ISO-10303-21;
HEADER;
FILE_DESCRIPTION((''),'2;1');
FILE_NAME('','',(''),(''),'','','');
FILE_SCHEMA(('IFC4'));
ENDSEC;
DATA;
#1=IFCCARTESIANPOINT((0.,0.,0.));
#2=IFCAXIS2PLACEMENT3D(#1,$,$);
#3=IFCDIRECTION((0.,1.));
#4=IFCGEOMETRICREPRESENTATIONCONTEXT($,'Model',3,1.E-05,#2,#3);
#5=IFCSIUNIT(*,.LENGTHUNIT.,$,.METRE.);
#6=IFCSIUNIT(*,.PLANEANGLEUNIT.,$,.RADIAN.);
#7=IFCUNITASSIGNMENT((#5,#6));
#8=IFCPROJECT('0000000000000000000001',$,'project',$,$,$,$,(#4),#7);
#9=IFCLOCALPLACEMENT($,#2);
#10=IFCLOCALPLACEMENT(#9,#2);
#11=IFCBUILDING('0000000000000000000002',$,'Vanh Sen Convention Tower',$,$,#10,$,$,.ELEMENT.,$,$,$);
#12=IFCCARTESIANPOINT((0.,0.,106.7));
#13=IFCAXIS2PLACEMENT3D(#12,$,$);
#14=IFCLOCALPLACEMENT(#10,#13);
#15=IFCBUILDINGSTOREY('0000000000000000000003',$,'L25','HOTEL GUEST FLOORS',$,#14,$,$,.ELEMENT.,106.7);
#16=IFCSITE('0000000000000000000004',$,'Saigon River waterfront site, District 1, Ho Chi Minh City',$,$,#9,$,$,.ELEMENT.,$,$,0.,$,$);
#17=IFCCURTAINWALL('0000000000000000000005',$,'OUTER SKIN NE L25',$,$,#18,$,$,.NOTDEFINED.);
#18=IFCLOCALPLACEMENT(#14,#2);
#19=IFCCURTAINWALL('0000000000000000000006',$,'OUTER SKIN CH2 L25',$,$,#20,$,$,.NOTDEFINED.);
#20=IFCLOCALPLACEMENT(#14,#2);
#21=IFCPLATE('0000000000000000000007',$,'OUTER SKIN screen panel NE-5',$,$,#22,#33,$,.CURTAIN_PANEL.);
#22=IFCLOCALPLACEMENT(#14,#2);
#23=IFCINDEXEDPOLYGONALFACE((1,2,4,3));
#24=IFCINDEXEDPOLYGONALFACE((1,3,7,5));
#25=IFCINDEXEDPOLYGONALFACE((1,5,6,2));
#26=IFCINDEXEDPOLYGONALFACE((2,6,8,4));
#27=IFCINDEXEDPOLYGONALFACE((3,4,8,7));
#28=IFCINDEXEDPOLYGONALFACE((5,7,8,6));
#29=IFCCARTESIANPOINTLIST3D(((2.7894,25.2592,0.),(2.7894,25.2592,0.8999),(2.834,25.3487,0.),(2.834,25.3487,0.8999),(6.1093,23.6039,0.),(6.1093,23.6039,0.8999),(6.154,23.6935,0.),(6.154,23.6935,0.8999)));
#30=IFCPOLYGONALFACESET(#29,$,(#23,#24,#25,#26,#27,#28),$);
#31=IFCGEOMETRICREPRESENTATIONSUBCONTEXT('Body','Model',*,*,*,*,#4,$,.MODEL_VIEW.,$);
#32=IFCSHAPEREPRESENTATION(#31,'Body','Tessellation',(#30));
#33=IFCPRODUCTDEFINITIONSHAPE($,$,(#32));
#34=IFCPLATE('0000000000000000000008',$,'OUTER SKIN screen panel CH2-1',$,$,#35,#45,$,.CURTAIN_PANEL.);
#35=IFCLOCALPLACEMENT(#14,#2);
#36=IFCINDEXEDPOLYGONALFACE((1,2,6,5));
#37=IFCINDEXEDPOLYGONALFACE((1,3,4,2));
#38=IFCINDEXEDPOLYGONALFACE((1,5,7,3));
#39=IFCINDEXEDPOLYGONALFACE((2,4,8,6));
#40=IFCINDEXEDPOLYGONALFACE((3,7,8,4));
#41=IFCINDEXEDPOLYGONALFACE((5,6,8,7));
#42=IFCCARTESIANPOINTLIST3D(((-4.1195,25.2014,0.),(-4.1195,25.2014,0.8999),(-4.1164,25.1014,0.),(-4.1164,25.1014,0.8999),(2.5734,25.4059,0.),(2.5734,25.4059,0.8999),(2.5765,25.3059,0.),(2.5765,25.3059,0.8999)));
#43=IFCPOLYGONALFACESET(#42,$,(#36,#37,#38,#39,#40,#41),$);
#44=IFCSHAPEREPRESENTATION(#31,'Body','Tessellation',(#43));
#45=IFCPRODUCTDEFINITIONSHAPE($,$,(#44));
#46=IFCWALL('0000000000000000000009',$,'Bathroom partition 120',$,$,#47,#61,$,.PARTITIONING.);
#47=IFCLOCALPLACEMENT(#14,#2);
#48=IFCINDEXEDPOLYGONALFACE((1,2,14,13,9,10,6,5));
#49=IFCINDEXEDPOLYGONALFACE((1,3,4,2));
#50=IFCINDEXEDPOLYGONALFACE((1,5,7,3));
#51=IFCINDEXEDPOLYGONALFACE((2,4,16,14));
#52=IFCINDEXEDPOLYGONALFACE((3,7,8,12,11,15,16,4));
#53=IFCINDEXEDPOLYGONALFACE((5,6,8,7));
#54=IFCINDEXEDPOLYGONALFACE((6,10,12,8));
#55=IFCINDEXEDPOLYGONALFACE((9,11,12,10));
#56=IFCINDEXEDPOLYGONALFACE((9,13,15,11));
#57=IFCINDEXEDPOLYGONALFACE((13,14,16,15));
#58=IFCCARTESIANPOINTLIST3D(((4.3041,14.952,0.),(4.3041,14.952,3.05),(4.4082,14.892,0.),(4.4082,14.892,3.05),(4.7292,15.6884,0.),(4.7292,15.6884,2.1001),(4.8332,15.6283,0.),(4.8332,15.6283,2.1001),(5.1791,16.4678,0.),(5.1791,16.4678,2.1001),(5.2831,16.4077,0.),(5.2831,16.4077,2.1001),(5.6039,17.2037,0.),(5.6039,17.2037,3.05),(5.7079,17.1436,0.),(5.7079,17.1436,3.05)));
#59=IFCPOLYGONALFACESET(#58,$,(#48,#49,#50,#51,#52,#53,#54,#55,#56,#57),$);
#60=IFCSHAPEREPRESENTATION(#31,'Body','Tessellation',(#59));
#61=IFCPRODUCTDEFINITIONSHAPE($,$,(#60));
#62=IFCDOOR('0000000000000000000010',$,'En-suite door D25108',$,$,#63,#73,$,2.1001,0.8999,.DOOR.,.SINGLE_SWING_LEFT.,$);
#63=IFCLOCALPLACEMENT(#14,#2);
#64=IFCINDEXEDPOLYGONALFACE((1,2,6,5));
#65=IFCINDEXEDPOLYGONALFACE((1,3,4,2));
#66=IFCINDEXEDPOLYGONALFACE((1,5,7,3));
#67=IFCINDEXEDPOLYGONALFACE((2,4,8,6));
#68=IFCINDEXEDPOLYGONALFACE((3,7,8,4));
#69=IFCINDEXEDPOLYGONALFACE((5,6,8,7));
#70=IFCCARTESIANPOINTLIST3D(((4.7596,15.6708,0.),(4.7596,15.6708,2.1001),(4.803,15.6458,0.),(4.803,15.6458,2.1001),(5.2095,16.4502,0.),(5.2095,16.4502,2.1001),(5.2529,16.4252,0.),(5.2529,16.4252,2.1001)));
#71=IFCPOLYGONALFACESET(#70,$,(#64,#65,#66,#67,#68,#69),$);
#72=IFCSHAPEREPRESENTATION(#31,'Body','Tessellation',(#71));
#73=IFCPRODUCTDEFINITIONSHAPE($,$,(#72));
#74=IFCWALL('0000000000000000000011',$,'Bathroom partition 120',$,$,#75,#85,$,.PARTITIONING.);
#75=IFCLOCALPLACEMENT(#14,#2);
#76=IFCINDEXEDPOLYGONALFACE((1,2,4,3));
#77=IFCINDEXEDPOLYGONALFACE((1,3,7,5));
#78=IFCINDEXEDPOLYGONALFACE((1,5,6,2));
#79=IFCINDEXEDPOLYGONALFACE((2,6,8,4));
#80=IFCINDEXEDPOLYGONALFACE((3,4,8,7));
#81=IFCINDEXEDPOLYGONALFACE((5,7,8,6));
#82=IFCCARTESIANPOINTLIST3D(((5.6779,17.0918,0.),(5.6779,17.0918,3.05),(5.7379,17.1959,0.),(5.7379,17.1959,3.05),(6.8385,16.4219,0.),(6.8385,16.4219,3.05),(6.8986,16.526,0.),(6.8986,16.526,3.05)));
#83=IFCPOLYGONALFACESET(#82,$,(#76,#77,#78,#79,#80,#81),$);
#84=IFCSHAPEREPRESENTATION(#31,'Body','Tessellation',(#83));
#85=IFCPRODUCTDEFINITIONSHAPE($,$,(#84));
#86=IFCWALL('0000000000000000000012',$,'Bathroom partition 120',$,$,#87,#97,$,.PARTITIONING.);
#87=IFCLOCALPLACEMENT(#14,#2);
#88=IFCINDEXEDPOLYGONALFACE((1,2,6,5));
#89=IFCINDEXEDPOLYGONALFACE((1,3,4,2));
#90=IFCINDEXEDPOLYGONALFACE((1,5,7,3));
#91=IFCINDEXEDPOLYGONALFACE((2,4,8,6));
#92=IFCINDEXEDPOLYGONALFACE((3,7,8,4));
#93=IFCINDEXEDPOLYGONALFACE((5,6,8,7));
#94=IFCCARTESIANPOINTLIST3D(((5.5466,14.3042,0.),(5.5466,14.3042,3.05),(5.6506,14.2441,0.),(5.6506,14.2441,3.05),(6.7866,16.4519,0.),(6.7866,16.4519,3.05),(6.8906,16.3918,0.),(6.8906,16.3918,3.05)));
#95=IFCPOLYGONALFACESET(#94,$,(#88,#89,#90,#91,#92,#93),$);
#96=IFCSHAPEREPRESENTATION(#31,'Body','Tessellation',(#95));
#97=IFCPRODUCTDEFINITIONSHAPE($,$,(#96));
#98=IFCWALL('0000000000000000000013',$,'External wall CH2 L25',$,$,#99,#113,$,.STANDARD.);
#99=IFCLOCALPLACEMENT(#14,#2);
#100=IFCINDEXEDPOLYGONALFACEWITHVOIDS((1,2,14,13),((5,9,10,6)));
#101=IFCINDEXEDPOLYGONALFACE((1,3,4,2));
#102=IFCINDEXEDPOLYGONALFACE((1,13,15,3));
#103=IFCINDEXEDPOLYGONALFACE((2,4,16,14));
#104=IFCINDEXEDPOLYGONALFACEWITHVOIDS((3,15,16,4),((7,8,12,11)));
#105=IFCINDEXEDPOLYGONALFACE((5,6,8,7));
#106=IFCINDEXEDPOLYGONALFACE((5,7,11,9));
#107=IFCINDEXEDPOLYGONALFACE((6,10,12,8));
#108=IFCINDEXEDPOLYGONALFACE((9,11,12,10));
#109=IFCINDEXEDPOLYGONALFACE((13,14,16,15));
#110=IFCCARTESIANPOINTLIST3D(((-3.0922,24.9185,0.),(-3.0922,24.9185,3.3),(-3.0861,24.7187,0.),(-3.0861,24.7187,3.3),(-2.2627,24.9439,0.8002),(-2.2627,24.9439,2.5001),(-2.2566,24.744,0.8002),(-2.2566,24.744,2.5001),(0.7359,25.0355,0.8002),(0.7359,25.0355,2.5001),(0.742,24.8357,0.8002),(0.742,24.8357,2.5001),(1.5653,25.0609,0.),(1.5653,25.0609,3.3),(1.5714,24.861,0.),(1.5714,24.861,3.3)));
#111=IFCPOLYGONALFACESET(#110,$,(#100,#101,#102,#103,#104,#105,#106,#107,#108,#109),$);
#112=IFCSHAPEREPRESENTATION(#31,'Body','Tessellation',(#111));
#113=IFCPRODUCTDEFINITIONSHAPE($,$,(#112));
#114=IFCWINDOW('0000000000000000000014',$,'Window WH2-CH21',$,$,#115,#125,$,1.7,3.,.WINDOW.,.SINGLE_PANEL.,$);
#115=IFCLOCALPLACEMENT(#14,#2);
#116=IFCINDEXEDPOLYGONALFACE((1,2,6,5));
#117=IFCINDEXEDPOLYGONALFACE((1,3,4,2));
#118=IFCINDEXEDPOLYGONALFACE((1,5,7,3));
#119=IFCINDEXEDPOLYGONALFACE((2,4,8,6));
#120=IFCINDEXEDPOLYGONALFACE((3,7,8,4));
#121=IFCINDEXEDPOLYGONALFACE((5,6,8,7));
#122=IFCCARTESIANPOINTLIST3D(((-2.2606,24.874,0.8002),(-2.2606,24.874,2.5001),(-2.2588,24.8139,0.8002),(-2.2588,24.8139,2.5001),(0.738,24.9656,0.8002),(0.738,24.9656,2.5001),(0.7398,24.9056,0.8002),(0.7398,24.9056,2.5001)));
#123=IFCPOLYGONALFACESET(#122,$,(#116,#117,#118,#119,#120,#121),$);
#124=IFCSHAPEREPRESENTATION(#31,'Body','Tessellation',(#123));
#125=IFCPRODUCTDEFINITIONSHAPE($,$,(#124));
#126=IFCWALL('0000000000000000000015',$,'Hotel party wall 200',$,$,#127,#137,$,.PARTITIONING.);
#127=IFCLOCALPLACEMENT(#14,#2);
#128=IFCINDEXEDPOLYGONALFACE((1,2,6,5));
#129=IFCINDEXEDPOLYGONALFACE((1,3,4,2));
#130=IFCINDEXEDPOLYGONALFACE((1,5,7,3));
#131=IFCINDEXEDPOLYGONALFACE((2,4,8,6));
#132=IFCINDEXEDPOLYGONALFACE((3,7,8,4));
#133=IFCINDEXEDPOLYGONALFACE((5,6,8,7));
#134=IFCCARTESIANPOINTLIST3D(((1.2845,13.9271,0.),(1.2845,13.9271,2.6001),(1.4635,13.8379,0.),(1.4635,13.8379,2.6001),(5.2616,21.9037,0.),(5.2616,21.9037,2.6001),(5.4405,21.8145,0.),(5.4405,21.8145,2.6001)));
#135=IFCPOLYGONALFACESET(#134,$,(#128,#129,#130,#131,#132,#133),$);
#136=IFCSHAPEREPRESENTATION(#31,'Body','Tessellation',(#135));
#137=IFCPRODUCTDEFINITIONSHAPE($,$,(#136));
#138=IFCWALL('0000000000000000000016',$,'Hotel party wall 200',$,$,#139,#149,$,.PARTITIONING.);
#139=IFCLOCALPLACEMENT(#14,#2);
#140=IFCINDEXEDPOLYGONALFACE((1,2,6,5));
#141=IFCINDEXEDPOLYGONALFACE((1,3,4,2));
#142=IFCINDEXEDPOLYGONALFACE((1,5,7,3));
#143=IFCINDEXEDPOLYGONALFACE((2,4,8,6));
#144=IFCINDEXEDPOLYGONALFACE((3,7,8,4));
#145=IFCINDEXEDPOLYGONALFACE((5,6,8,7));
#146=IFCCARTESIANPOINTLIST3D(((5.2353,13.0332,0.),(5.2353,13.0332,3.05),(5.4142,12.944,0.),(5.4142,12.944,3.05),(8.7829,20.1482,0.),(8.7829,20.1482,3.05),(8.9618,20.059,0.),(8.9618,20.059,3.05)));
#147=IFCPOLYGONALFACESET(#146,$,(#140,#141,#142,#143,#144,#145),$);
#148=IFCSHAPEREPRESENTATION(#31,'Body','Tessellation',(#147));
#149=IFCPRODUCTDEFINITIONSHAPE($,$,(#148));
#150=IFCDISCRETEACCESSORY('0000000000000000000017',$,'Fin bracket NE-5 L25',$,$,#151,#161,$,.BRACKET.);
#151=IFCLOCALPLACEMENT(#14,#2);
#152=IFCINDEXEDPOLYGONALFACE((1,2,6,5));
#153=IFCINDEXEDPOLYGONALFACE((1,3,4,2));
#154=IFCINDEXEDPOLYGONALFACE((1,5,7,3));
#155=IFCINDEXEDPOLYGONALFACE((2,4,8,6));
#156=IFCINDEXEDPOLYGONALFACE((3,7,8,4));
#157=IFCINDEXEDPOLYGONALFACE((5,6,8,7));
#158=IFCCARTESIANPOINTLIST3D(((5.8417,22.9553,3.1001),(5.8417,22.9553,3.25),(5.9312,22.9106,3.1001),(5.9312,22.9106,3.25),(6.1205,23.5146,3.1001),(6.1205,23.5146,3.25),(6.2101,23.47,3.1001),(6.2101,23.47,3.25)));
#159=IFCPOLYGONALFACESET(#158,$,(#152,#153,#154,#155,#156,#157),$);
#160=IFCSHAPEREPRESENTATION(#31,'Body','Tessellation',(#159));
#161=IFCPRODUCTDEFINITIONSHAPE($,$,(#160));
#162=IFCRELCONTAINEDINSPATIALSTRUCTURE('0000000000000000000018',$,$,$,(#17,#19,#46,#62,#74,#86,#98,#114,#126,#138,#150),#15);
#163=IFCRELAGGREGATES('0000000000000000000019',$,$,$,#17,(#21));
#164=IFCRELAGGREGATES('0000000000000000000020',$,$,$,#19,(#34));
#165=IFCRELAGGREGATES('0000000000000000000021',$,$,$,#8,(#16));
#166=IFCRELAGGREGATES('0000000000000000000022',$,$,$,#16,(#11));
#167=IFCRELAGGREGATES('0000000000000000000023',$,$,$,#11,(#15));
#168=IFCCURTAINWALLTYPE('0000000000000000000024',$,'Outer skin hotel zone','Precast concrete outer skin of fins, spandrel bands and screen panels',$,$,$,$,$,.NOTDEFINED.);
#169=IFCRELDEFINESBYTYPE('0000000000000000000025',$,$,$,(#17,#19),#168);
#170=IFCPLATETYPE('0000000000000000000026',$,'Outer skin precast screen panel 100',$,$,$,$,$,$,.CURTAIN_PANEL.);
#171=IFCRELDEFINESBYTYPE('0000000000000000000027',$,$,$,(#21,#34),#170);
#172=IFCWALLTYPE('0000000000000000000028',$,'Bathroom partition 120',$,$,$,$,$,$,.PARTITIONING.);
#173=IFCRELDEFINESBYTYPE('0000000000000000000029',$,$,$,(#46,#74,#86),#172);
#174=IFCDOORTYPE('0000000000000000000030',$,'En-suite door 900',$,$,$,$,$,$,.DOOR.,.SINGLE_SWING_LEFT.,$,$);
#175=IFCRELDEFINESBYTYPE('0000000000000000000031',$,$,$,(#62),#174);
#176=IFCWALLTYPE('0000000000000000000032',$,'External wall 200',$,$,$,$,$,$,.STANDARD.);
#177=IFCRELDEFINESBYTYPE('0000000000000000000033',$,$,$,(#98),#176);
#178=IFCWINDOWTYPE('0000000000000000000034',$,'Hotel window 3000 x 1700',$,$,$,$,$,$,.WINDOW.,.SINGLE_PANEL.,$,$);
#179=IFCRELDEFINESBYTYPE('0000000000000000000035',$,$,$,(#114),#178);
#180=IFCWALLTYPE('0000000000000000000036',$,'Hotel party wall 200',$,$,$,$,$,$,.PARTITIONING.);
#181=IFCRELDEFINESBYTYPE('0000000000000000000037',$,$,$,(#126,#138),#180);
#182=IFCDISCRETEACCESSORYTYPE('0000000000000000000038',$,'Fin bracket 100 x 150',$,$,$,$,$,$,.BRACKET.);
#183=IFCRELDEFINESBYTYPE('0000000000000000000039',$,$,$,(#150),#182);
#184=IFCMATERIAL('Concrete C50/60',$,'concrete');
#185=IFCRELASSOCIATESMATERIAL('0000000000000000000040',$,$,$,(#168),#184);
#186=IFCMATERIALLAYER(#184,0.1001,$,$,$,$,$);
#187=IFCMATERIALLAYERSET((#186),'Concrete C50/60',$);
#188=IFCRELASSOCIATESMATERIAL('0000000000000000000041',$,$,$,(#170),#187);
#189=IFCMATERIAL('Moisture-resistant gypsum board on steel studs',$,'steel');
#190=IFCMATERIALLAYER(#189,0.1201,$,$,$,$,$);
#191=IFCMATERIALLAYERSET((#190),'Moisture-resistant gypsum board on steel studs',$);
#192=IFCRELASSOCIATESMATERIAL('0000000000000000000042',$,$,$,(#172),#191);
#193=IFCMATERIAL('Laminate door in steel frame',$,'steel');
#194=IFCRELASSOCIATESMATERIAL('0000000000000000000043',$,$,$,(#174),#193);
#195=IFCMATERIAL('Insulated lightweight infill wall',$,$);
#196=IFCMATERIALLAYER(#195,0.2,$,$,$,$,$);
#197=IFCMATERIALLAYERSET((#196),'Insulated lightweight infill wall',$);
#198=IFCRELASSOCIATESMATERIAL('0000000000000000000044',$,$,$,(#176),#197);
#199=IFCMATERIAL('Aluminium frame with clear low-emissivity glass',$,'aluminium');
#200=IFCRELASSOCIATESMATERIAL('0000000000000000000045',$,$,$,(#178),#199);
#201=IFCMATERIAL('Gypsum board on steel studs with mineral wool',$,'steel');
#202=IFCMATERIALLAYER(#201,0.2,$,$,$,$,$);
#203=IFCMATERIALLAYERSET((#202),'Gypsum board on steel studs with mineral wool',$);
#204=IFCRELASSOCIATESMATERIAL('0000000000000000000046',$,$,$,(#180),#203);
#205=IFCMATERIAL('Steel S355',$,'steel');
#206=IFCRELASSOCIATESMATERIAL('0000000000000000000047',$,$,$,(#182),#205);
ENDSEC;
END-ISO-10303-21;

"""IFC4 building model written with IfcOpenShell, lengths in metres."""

from ifc_helpers import new_model, si_unit, direction, frame, frame_2d, origin, origin_2d, place, context, subcontext, project, spatial, rectangle, extrude, material, layer, layer_set, type_object, element, fill, aggregate, save


model = new_model("IFC4")

# Units and contexts
model_context = context("Model", 3, precision=1e-05, world=origin(), true_north=direction((0.0, 1.0)))
body_context = subcontext(model_context, "Body", "Model", "MODEL_VIEW")
ifc_project = project(units=[si_unit("LENGTHUNIT", "METRE"), si_unit("PLANEANGLEUNIT", "RADIAN")], contexts=[model_context])

# Site, building, storey
site_placement = place(None, origin())
site = spatial("IfcSite", under=ifc_project, at=site_placement, Name="Saigon River waterfront site, District 1, Ho Chi Minh City", CompositionType="ELEMENT", RefElevation=0.0)
building_placement = place(site_placement, origin())
building = spatial("IfcBuilding", under=site, at=building_placement, Name="Vanh Sen Convention Tower", CompositionType="ELEMENT")
storey_placement = place(building_placement, frame((0.0, 0.0, 106.7)))
storey = spatial("IfcBuildingStorey", under=building, at=storey_placement, Name="L25", Description="HOTEL GUEST FLOORS", CompositionType="ELEMENT", Elevation=106.7)

# Curtain wall
ifc_material_1 = material(Name="Concrete C50/60", Category="concrete")
curtain_wall_type = type_object("IfcCurtainWallType", Name="Outer skin hotel zone", Description="Precast concrete outer skin of fins, spandrel bands and screen panels", PredefinedType="NOTDEFINED", material=ifc_material_1)
curtain_wall_1_placement = place(storey_placement, origin())
curtain_wall_1 = element("IfcCurtainWall", 1, at=curtain_wall_1_placement, inside=storey, type_object=curtain_wall_type, Name="OUTER SKIN NE L25", PredefinedType="NOTDEFINED")

# Curtain wall
curtain_wall_2_placement = place(storey_placement, origin())
curtain_wall_2 = element("IfcCurtainWall", 2, at=curtain_wall_2_placement, inside=storey, type_object=curtain_wall_type, Name="OUTER SKIN CH2 L25", PredefinedType="NOTDEFINED")

# Plates
ifc_layer_1 = layer(ifc_material_1, 0.1001)
ifc_layer_set_1 = layer_set([ifc_layer_1], Name="Concrete C50/60")
plate_type = type_object("IfcPlateType", Name="Outer skin precast screen panel 100", PredefinedType="CURTAIN_PANEL", material=ifc_layer_set_1)
plate_1_placement = place(storey_placement, frame((4.4717, 24.4763, 0.0), z_axis=(0.0, 0.0, 1.0), x_axis=(-0.894935, 0.446196, 0.0)))
plate_1 = element("IfcPlate", 3, at=plate_1_placement, type_object=plate_type, Name="OUTER SKIN screen panel NE-5", PredefinedType="CURTAIN_PANEL", context=body_context, shape_type="SweptSolid", body=[
    extrude(rectangle(XDim=3.7097, YDim=0.1001, at=origin_2d()), origin(), (0.0, 0.0, 1.0), 0.8999),
])
aggregate(curtain_wall_1, [plate_1])
plate_2_placement = place(storey_placement, frame((-0.7715, 25.2537, 0.0), z_axis=(0.0, 0.0, 1.0), x_axis=(-0.999534, -0.030537, 0.0)))
plate_2 = element("IfcPlate", 4, at=plate_2_placement, type_object=plate_type, Name="OUTER SKIN screen panel CH2-1", PredefinedType="CURTAIN_PANEL", context=body_context, shape_type="SweptSolid", body=[
    extrude(rectangle(XDim=6.696, YDim=0.1001, at=origin_2d()), origin(), (0.0, 0.0, 1.0), 0.8999),
])
aggregate(curtain_wall_2, [plate_2])

# Wall, opening, door
ifc_material_2 = material(Name="Moisture-resistant gypsum board on steel studs", Category="steel")
ifc_layer_2 = layer(ifc_material_2, 0.1201)
ifc_layer_set_2 = layer_set([ifc_layer_2], Name="Moisture-resistant gypsum board on steel studs")
wall_type_1 = type_object("IfcWallType", Name="Bathroom partition 120", PredefinedType="PARTITIONING", material=ifc_layer_set_2)
wall_1_placement = place(storey_placement, frame((4.3562, 14.9221, 0.0), z_axis=(0.0, 0.0, 1.0), x_axis=(0.499937, 0.866062, 0.0)))
wall_1 = element("IfcWall", 5, at=wall_1_placement, inside=storey, type_object=wall_type_1, Name="Bathroom partition 120", PredefinedType="PARTITIONING", context=body_context, shape_type="SweptSolid", body=[
    extrude(rectangle(XDim=2.5999, YDim=0.1201, at=frame_2d((1.2998, 0.0))), origin(), (0.0, 0.0, 1.0), 3.05),
])
opening_1_placement = place(wall_1_placement, frame((0.8501, 0.0, 0.0)))
opening_1 = element("IfcOpeningElement", 6, at=opening_1_placement, cuts=wall_1, PredefinedType="OPENING", context=body_context, shape_type="SweptSolid", body=[
    extrude(rectangle(XDim=0.8999, YDim=2.1001, at=frame_2d((0.45, 1.05))), frame((0.0, 0.0701, 0.0), z_axis=(0.0, -1.0, 0.0), x_axis=(1.0, 0.0, 0.0)), (0.0, 0.0, 1.0), 0.1401),
])
ifc_material_3 = material(Name="Laminate door in steel frame", Category="steel")
door_type = type_object("IfcDoorType", Name="En-suite door 900", OperationType="SINGLE_SWING_LEFT", PredefinedType="DOOR", material=ifc_material_3)
door_placement = place(opening_1_placement, origin())
door = element("IfcDoor", 7, at=door_placement, inside=storey, type_object=door_type, Name="En-suite door D25108", OperationType="SINGLE_SWING_LEFT", OverallHeight=2.1001, OverallWidth=0.8999, PredefinedType="DOOR", context=body_context, shape_type="SweptSolid", body=[
    extrude(rectangle(XDim=0.8999, YDim=2.1001, at=frame_2d((0.45, 1.05))), frame((0.0, 0.0249, 0.0), z_axis=(0.0, -1.0, 0.0), x_axis=(1.0, 0.0, 0.0)), (0.0, 0.0, 1.0), 0.05),
])
fill(opening_1, door)

# Walls
wall_2_placement = place(storey_placement, frame((5.708, 17.1438, 0.0), z_axis=(0.0, 0.0, 1.0), x_axis=(0.866082, -0.499901, 0.0)))
element("IfcWall", 8, at=wall_2_placement, inside=storey, type_object=wall_type_1, Name="Bathroom partition 120", PredefinedType="PARTITIONING", context=body_context, shape_type="SweptSolid", body=[
    extrude(rectangle(XDim=1.3401, YDim=0.1201, at=frame_2d((0.6699, 0.0))), origin(), (0.0, 0.0, 1.0), 3.05),
])
wall_3_placement = place(storey_placement, frame((6.8386, 16.4219, 0.0), z_axis=(0.0, 0.0, 1.0), x_axis=(-0.500004, -0.866023, 0.0)))
element("IfcWall", 9, at=wall_3_placement, inside=storey, type_object=wall_type_1, Name="Bathroom partition 120", PredefinedType="PARTITIONING", context=body_context, shape_type="SweptSolid", body=[
    extrude(rectangle(XDim=2.48, YDim=0.1201, at=frame_2d((1.24, 0.0))), origin(), (0.0, 0.0, 1.0), 3.05),
])

# Wall, opening, window
ifc_material_4 = material(Name="Insulated lightweight infill wall")
ifc_layer_3 = layer(ifc_material_4, 0.2)
ifc_layer_set_3 = layer_set([ifc_layer_3], Name="Insulated lightweight infill wall")
wall_type_2 = type_object("IfcWallType", Name="External wall 200", PredefinedType="STANDARD", material=ifc_layer_set_3)
wall_4_placement = place(storey_placement, frame((1.5684, 24.9609, 0.0), z_axis=(0.0, 0.0, 1.0), x_axis=(-0.999533, -0.030546, 0.0)))
wall_4 = element("IfcWall", 10, at=wall_4_placement, inside=storey, type_object=wall_type_2, Name="External wall CH2 L25", PredefinedType="STANDARD", context=body_context, shape_type="SweptSolid", body=[
    extrude(rectangle(XDim=4.6597, YDim=0.2, at=frame_2d((2.3298, 0.0))), origin(), (0.0, 0.0, 1.0), 3.3),
])
opening_2_placement = place(wall_4_placement, frame((0.8298, 0.0, 0.8)))
opening_2 = element("IfcOpeningElement", 11, at=opening_2_placement, cuts=wall_4, PredefinedType="OPENING", context=body_context, shape_type="SweptSolid", body=[
    extrude(rectangle(XDim=3.0, YDim=1.7, at=frame_2d((1.5, 0.8501))), frame((0.0, 0.1099, 0.0), z_axis=(0.0, -1.0, 0.0), x_axis=(1.0, 0.0, 0.0)), (0.0, 0.0, 1.0), 0.22),
])
ifc_material_5 = material(Name="Aluminium frame with clear low-emissivity glass", Category="aluminium")
window_type = type_object("IfcWindowType", Name="Hotel window 3000 x 1700", PartitioningType="SINGLE_PANEL", PredefinedType="WINDOW", material=ifc_material_5)
window_placement = place(opening_2_placement, origin())
window = element("IfcWindow", 12, at=window_placement, inside=storey, type_object=window_type, Name="Window WH2-CH21", OverallHeight=1.7, OverallWidth=3.0, PartitioningType="SINGLE_PANEL", PredefinedType="WINDOW", context=body_context, shape_type="SweptSolid", body=[
    extrude(rectangle(XDim=3.0, YDim=1.7, at=frame_2d((1.5, 0.8501))), frame((0.0, 0.03, 0.0), z_axis=(0.0, -1.0, 0.0), x_axis=(1.0, 0.0, 0.0)), (0.0, 0.0, 1.0), 0.0601),
])
fill(opening_2, window)

# Walls
ifc_material_6 = material(Name="Gypsum board on steel studs with mineral wool", Category="steel")
ifc_layer_4 = layer(ifc_material_6, 0.2)
ifc_layer_set_4 = layer_set([ifc_layer_4], Name="Gypsum board on steel studs with mineral wool")
wall_type_3 = type_object("IfcWallType", Name="Hotel party wall 200", PredefinedType="PARTITIONING", material=ifc_layer_set_4)
wall_5_placement = place(storey_placement, frame((5.3511, 21.8591, 0.0), z_axis=(0.0, 0.0, 1.0), x_axis=(-0.446205, -0.894931, 0.0)))
element("IfcWall", 13, at=wall_5_placement, inside=storey, type_object=wall_type_3, Name="Hotel party wall 200", PredefinedType="PARTITIONING", context=body_context, shape_type="SweptSolid", body=[
    extrude(rectangle(XDim=8.9131, YDim=0.2, at=frame_2d((4.4565, 0.0))), origin(), (0.0, 0.0, 1.0), 2.6001),
])
wall_6_placement = place(storey_placement, frame((8.8723, 20.1035, 0.0), z_axis=(0.0, 0.0, 1.0), x_axis=(-0.446218, -0.894924, 0.0)))
element("IfcWall", 14, at=wall_6_placement, inside=storey, type_object=wall_type_3, Name="Hotel party wall 200", PredefinedType="PARTITIONING", context=body_context, shape_type="SweptSolid", body=[
    extrude(rectangle(XDim=7.9504, YDim=0.2, at=frame_2d((3.9751, 0.0))), origin(), (0.0, 0.0, 1.0), 3.05),
])

# Discrete accessory
ifc_material_7 = material(Name="Steel S355", Category="steel")
discrete_accessory_type = type_object("IfcDiscreteAccessoryType", Name="Fin bracket 100 x 150", PredefinedType="BRACKET", material=ifc_material_7)
discrete_accessory_placement = place(storey_placement, frame((6.0259, 23.2126, 3.1001), z_axis=(0.0, 0.0, 1.0), x_axis=(0.446198, 0.894934, 0.0)))
element("IfcDiscreteAccessory", 15, at=discrete_accessory_placement, inside=storey, type_object=discrete_accessory_type, Name="Fin bracket NE-5 L25", PredefinedType="BRACKET", context=body_context, shape_type="SweptSolid", body=[
    extrude(rectangle(XDim=0.625, YDim=0.1001, at=origin_2d()), origin(), (0.0, 0.0, 1.0), 0.1499),
])

save(model, "model.ifc")
